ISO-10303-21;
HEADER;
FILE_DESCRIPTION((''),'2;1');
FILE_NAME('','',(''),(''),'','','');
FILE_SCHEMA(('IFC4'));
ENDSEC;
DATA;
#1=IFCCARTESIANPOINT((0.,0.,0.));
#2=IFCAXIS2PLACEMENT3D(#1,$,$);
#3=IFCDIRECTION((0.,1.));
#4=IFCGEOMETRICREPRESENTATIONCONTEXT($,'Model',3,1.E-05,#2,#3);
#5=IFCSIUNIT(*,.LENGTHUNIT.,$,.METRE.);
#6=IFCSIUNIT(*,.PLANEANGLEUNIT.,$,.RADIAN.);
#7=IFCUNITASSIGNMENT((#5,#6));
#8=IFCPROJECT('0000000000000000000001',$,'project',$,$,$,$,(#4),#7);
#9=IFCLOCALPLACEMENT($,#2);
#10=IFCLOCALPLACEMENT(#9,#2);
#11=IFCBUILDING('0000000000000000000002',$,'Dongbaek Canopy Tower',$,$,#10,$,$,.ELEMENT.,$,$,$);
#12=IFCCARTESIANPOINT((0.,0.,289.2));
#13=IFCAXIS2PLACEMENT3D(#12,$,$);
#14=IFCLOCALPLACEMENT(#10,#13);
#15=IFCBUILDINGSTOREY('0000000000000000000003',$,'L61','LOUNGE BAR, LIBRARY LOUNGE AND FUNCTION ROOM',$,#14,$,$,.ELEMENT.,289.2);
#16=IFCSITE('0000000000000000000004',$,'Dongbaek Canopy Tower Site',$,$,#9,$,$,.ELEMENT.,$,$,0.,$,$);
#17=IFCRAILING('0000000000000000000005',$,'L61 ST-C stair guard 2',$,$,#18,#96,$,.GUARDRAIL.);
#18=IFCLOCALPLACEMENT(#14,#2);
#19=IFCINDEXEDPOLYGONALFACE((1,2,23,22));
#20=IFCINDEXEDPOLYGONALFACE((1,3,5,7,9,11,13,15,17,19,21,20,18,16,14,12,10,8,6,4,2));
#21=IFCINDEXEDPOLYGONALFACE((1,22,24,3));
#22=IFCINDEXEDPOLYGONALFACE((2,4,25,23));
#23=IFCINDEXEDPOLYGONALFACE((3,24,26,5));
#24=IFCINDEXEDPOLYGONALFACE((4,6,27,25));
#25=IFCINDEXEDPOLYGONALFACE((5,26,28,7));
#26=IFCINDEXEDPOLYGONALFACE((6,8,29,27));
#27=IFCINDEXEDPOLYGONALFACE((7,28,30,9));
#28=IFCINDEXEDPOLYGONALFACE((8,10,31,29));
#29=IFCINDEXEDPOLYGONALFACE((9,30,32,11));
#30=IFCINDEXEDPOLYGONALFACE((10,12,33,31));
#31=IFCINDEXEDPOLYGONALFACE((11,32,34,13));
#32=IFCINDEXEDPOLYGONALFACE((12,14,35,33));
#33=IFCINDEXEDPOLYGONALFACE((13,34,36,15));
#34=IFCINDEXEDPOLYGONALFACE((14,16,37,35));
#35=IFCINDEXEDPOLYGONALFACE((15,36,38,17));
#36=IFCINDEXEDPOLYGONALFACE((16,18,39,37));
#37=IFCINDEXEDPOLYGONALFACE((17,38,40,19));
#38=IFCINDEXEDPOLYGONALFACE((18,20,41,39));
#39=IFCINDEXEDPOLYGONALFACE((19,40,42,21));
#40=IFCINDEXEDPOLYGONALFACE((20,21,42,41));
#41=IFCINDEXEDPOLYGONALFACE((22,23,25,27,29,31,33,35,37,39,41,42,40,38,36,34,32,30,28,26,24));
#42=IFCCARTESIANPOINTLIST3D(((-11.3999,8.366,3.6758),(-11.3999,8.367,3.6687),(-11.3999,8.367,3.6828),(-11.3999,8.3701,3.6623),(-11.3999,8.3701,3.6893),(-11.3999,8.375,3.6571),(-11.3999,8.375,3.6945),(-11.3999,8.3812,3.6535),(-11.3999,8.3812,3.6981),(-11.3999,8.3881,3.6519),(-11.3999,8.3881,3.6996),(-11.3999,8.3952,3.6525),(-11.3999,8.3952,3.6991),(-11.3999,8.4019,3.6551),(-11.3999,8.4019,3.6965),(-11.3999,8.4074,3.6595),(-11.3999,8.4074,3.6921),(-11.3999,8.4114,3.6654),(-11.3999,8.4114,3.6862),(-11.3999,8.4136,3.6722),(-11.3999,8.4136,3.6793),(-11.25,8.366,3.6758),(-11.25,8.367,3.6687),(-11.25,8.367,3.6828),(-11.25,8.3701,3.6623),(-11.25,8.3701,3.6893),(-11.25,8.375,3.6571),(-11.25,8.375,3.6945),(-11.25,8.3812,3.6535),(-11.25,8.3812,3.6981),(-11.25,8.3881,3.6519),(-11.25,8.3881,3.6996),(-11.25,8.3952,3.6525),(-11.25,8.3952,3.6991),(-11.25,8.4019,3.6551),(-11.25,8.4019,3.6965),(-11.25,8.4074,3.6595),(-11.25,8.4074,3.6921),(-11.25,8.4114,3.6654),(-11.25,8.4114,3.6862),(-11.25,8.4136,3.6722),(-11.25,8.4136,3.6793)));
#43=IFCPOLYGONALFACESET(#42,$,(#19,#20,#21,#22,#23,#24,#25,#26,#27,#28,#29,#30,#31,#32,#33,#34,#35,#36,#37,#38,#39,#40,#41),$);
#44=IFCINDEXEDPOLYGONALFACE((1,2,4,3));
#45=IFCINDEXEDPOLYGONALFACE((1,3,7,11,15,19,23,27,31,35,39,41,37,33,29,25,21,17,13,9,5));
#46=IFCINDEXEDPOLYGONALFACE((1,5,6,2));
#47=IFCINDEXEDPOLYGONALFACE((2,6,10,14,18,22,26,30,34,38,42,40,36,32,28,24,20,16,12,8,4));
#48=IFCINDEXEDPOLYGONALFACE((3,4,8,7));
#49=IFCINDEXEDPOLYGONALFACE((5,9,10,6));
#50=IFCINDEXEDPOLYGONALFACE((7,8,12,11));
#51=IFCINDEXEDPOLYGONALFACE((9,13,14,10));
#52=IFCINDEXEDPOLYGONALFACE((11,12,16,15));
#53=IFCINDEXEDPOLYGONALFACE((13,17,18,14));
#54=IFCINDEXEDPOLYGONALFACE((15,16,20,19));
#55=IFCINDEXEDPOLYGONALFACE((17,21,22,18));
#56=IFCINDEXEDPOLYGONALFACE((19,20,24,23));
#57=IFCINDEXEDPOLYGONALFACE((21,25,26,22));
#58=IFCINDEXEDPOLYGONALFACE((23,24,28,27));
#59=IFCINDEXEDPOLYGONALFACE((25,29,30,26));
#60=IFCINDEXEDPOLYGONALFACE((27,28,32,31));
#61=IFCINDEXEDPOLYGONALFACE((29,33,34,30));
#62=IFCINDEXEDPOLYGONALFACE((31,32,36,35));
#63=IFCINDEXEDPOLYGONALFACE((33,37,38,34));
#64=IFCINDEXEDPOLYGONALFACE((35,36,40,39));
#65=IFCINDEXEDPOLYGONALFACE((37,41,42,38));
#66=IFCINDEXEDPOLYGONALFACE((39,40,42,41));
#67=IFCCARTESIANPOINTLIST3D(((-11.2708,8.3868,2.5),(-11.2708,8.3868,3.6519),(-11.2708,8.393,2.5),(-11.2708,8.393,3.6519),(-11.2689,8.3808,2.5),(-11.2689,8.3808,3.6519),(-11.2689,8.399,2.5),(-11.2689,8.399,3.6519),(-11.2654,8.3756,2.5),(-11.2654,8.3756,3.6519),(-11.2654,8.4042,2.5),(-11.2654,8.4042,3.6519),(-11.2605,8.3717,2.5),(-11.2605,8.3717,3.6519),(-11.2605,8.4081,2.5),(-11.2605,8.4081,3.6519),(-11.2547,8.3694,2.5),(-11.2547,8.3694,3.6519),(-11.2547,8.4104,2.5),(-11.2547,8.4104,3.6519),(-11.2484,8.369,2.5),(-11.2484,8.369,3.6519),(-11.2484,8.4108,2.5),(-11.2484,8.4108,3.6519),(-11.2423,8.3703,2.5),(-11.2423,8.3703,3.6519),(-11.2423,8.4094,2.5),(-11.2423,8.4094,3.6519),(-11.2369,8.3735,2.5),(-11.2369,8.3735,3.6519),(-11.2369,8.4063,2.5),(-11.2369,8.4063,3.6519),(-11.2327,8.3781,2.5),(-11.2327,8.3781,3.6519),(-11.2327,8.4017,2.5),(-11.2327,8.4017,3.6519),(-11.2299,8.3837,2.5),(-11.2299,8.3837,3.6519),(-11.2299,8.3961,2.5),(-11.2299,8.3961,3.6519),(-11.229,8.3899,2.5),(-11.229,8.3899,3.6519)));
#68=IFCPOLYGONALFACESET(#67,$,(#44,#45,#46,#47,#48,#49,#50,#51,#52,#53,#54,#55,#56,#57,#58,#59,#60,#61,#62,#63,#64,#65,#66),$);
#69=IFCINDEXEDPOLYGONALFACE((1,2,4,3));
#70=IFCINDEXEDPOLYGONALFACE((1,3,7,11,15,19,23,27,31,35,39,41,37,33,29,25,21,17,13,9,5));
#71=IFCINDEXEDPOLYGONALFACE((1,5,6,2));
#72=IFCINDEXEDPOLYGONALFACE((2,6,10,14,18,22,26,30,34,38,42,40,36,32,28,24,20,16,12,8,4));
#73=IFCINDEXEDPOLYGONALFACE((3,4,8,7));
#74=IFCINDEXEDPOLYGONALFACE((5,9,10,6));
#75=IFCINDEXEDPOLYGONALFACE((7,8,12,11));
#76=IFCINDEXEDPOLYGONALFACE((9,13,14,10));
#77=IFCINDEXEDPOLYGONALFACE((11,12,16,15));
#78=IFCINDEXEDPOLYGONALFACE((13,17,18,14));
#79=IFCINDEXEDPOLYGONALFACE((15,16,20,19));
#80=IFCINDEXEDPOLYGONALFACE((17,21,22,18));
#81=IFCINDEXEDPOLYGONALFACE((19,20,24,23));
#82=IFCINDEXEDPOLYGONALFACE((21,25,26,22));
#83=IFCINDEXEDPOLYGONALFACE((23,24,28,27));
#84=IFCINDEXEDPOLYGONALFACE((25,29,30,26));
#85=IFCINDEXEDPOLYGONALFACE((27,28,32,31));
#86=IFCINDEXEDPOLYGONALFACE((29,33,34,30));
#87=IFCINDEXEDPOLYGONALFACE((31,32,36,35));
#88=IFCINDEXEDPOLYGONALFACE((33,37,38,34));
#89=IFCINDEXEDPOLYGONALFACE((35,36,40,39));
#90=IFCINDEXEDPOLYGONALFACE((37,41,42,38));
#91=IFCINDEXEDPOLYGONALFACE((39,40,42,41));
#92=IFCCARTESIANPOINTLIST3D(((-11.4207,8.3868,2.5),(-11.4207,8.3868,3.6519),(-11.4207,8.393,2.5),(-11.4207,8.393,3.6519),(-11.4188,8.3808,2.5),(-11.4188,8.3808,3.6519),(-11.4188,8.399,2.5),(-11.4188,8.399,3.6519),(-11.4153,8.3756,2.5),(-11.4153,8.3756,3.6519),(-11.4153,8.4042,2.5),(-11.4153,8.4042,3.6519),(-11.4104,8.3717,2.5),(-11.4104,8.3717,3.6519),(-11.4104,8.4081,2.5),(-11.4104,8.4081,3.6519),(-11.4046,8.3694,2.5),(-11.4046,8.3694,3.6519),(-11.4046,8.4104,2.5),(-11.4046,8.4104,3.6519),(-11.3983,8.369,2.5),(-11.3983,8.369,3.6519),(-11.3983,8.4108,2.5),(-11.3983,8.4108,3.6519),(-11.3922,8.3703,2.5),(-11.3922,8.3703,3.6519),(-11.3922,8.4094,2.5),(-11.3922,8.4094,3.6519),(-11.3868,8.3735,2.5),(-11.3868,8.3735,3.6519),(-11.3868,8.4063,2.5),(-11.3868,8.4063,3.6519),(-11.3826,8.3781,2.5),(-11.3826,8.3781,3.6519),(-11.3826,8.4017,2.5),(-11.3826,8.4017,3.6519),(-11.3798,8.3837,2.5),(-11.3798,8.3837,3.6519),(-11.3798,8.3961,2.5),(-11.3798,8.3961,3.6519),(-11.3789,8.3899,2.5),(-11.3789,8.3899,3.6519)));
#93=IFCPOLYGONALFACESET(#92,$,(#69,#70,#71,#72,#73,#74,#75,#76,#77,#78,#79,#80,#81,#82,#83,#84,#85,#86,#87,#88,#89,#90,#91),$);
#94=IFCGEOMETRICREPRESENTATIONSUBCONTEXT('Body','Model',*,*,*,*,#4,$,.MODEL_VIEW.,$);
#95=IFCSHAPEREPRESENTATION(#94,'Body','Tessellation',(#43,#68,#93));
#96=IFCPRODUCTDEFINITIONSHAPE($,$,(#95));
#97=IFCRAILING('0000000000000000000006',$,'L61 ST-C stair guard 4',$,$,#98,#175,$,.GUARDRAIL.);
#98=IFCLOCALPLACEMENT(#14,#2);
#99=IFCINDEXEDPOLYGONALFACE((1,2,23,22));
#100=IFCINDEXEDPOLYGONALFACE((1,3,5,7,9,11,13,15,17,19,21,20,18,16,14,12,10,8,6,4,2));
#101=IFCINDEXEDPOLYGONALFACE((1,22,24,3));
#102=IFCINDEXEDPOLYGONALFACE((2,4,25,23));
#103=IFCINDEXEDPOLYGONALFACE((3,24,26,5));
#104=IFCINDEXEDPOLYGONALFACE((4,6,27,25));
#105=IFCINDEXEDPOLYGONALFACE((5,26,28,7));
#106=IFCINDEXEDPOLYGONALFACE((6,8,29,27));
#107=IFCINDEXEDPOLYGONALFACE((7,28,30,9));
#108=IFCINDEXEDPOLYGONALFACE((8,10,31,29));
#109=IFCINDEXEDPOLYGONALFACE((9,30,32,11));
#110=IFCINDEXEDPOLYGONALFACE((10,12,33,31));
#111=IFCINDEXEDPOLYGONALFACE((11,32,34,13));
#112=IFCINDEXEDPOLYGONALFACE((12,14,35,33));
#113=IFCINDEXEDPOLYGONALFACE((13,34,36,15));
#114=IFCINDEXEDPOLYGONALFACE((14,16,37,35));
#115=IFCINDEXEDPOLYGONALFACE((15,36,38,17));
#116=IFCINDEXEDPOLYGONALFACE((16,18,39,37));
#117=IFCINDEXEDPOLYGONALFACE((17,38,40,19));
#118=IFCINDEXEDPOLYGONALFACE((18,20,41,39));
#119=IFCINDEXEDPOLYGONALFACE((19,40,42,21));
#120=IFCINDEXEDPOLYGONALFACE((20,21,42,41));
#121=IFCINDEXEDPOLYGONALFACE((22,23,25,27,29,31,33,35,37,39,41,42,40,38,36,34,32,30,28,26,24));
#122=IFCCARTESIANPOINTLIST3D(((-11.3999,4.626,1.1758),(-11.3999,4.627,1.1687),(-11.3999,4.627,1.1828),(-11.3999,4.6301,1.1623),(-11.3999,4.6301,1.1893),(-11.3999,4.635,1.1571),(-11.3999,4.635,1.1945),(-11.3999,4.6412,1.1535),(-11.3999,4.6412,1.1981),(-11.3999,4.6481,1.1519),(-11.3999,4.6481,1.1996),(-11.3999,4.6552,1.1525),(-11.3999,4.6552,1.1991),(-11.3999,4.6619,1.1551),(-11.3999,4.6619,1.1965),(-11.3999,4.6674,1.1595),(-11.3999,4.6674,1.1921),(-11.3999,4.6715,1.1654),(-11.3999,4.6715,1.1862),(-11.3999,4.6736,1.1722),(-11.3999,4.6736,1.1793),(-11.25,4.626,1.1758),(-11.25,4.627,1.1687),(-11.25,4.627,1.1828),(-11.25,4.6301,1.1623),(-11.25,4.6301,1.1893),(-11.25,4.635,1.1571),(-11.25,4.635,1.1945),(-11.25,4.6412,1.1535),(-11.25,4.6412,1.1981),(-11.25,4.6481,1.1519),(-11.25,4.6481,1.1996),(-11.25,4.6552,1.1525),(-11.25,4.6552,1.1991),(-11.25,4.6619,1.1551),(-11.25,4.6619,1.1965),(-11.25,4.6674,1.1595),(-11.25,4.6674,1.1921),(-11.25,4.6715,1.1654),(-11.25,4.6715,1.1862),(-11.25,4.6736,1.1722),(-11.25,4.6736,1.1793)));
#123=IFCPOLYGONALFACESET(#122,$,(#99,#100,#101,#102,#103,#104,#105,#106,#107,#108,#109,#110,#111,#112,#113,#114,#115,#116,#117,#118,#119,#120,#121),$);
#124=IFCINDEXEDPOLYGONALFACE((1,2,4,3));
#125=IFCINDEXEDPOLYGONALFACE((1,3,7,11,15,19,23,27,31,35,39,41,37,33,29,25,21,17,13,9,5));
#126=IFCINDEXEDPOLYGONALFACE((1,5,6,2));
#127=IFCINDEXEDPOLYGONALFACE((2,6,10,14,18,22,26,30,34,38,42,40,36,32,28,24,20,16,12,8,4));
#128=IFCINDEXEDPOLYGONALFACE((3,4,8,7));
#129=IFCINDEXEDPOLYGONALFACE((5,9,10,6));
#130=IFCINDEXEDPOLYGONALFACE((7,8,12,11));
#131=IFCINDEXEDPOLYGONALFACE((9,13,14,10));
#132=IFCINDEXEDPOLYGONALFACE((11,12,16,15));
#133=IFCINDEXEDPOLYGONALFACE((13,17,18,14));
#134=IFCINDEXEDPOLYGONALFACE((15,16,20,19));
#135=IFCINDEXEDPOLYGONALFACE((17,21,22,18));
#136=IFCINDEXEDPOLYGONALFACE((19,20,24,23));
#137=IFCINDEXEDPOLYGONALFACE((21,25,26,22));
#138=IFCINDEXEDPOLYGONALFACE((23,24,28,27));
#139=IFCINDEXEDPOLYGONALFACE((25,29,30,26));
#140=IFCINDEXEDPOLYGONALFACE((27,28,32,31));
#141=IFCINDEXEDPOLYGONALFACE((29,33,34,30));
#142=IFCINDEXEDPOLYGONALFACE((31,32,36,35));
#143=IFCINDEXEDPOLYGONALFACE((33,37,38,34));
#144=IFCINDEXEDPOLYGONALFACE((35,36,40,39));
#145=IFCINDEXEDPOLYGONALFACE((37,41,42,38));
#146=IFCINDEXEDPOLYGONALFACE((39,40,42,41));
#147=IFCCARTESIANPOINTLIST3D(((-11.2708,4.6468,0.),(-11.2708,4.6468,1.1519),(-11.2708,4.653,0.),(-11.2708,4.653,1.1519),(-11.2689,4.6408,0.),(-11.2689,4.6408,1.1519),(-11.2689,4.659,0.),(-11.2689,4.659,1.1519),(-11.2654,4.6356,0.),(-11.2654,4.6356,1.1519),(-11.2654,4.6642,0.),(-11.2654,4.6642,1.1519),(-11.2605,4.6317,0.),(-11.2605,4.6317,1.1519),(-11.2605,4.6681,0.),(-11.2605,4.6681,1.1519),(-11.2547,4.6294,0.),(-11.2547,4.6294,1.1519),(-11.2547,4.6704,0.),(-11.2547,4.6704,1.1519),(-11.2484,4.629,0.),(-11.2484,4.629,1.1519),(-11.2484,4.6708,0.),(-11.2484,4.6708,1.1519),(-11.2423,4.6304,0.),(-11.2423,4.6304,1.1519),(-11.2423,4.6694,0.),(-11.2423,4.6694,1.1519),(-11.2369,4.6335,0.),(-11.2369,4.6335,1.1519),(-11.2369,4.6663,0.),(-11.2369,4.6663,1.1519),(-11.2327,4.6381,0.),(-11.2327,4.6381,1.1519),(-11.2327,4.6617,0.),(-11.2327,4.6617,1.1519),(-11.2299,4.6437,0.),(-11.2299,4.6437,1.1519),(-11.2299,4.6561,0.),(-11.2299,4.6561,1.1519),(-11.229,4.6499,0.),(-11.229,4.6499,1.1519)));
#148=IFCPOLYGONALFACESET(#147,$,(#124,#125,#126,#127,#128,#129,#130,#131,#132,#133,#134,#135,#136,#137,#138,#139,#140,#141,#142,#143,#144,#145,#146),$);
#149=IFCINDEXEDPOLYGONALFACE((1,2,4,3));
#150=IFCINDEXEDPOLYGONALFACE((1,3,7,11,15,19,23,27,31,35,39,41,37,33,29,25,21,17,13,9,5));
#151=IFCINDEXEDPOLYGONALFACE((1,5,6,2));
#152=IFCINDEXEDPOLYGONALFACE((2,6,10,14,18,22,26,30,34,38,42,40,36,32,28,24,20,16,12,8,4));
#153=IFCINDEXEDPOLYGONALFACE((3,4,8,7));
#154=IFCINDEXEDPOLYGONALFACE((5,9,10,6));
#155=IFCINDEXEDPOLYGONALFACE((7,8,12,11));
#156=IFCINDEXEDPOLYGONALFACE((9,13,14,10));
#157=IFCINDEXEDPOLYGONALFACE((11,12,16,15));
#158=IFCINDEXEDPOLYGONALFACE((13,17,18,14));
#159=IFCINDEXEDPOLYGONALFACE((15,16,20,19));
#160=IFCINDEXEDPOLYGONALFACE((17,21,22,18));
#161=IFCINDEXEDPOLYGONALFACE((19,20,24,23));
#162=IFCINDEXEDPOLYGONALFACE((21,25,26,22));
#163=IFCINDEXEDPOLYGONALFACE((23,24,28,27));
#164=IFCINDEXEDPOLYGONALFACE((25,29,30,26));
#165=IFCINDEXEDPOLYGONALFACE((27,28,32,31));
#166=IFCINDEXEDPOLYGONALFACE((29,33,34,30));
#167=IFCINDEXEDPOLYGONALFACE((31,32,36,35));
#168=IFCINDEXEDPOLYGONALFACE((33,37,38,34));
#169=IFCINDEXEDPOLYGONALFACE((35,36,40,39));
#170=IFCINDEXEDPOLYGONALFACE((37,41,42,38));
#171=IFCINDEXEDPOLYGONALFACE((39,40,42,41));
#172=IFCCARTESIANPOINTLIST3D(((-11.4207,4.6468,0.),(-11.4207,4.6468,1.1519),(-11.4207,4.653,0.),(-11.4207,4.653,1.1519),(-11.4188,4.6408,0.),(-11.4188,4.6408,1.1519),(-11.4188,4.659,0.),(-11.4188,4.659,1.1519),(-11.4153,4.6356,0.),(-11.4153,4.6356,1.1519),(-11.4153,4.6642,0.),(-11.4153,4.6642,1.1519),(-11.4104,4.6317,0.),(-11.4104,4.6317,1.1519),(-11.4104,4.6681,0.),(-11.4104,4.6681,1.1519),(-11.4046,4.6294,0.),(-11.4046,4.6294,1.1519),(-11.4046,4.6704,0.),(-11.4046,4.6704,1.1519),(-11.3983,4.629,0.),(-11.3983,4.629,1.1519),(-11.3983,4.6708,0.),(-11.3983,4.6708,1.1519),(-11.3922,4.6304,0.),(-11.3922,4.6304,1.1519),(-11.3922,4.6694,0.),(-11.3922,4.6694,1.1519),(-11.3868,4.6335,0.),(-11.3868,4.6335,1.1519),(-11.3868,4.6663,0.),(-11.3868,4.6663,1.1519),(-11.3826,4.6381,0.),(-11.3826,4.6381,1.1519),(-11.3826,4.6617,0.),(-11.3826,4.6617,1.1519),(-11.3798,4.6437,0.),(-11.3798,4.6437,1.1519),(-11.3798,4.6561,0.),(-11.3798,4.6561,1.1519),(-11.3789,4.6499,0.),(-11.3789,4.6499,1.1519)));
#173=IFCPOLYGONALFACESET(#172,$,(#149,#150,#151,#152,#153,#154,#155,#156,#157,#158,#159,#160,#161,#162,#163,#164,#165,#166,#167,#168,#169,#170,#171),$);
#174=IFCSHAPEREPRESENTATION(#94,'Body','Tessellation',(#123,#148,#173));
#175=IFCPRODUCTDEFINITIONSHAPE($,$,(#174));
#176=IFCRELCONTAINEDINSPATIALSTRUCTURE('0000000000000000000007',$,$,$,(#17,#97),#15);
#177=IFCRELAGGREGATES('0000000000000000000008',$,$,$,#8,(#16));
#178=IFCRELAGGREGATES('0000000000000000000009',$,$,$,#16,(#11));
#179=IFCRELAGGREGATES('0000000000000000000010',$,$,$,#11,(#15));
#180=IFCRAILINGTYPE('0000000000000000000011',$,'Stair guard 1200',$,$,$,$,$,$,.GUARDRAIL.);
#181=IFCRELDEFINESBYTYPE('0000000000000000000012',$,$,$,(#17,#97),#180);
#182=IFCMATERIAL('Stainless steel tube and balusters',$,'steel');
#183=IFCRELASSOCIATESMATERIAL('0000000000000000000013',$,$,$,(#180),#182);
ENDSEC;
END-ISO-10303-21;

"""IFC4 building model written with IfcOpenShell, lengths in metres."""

from ifc_helpers import new_model, si_unit, direction, frame, origin, origin_2d, place, context, subcontext, project, spatial, circle, extrude, material, type_object, element, save


model = new_model("IFC4")

# Units and contexts
model_context = context("Model", 3, precision=1e-05, world=origin(), true_north=direction((0.0, 1.0)))
body_context = subcontext(model_context, "Body", "Model", "MODEL_VIEW")
ifc_project = project(units=[si_unit("LENGTHUNIT", "METRE"), si_unit("PLANEANGLEUNIT", "RADIAN")], contexts=[model_context])

# Site, building, storey
site_placement = place(None, origin())
site = spatial("IfcSite", under=ifc_project, at=site_placement, Name="Dongbaek Canopy Tower Site", CompositionType="ELEMENT", RefElevation=0.0)
building_placement = place(site_placement, origin())
building = spatial("IfcBuilding", under=site, at=building_placement, Name="Dongbaek Canopy Tower", CompositionType="ELEMENT")
storey_placement = place(building_placement, frame((0.0, 0.0, 289.2)))
storey = spatial("IfcBuildingStorey", under=building, at=storey_placement, Name="L61", Description="LOUNGE BAR, LIBRARY LOUNGE AND FUNCTION ROOM", CompositionType="ELEMENT", Elevation=289.2)

# Railings
ifc_material_1 = material(Name="Stainless steel tube and balusters", Category="steel")
railing_type_1 = type_object("IfcRailingType", Name="Stair guard 1200", PredefinedType="GUARDRAIL", material=ifc_material_1)
for number, where, name in (
    (1, (-11.25, 8.3899, 2.5), "L61 ST-C stair guard 2"),
    (2, (-11.25, 4.6499, 0.0), "L61 ST-C stair guard 4"),
):
    element("IfcRailing", number, at=place(storey_placement, frame(where)), inside=storey, type_object=railing_type_1, Name=name, PredefinedType="GUARDRAIL", context=body_context, shape_type="SweptSolid", body=[
        extrude(circle(Radius=0.0239, at=origin_2d()), frame((0.0, 0.0, 1.1758), z_axis=(-1.0, 0.0, 0.0), x_axis=(0.0, -1.0, 0.0)), (0.0, 0.0, 1.0), 0.1499),
        extrude(circle(Radius=0.021, at=origin_2d()), origin(), (0.0, 0.0, 1.0), 1.1519),
        extrude(circle(Radius=0.021, at=origin_2d()), frame((-0.1499, 0.0, 0.0)), (0.0, 0.0, 1.0), 1.1519),
    ])

save(model, "model.ifc")
